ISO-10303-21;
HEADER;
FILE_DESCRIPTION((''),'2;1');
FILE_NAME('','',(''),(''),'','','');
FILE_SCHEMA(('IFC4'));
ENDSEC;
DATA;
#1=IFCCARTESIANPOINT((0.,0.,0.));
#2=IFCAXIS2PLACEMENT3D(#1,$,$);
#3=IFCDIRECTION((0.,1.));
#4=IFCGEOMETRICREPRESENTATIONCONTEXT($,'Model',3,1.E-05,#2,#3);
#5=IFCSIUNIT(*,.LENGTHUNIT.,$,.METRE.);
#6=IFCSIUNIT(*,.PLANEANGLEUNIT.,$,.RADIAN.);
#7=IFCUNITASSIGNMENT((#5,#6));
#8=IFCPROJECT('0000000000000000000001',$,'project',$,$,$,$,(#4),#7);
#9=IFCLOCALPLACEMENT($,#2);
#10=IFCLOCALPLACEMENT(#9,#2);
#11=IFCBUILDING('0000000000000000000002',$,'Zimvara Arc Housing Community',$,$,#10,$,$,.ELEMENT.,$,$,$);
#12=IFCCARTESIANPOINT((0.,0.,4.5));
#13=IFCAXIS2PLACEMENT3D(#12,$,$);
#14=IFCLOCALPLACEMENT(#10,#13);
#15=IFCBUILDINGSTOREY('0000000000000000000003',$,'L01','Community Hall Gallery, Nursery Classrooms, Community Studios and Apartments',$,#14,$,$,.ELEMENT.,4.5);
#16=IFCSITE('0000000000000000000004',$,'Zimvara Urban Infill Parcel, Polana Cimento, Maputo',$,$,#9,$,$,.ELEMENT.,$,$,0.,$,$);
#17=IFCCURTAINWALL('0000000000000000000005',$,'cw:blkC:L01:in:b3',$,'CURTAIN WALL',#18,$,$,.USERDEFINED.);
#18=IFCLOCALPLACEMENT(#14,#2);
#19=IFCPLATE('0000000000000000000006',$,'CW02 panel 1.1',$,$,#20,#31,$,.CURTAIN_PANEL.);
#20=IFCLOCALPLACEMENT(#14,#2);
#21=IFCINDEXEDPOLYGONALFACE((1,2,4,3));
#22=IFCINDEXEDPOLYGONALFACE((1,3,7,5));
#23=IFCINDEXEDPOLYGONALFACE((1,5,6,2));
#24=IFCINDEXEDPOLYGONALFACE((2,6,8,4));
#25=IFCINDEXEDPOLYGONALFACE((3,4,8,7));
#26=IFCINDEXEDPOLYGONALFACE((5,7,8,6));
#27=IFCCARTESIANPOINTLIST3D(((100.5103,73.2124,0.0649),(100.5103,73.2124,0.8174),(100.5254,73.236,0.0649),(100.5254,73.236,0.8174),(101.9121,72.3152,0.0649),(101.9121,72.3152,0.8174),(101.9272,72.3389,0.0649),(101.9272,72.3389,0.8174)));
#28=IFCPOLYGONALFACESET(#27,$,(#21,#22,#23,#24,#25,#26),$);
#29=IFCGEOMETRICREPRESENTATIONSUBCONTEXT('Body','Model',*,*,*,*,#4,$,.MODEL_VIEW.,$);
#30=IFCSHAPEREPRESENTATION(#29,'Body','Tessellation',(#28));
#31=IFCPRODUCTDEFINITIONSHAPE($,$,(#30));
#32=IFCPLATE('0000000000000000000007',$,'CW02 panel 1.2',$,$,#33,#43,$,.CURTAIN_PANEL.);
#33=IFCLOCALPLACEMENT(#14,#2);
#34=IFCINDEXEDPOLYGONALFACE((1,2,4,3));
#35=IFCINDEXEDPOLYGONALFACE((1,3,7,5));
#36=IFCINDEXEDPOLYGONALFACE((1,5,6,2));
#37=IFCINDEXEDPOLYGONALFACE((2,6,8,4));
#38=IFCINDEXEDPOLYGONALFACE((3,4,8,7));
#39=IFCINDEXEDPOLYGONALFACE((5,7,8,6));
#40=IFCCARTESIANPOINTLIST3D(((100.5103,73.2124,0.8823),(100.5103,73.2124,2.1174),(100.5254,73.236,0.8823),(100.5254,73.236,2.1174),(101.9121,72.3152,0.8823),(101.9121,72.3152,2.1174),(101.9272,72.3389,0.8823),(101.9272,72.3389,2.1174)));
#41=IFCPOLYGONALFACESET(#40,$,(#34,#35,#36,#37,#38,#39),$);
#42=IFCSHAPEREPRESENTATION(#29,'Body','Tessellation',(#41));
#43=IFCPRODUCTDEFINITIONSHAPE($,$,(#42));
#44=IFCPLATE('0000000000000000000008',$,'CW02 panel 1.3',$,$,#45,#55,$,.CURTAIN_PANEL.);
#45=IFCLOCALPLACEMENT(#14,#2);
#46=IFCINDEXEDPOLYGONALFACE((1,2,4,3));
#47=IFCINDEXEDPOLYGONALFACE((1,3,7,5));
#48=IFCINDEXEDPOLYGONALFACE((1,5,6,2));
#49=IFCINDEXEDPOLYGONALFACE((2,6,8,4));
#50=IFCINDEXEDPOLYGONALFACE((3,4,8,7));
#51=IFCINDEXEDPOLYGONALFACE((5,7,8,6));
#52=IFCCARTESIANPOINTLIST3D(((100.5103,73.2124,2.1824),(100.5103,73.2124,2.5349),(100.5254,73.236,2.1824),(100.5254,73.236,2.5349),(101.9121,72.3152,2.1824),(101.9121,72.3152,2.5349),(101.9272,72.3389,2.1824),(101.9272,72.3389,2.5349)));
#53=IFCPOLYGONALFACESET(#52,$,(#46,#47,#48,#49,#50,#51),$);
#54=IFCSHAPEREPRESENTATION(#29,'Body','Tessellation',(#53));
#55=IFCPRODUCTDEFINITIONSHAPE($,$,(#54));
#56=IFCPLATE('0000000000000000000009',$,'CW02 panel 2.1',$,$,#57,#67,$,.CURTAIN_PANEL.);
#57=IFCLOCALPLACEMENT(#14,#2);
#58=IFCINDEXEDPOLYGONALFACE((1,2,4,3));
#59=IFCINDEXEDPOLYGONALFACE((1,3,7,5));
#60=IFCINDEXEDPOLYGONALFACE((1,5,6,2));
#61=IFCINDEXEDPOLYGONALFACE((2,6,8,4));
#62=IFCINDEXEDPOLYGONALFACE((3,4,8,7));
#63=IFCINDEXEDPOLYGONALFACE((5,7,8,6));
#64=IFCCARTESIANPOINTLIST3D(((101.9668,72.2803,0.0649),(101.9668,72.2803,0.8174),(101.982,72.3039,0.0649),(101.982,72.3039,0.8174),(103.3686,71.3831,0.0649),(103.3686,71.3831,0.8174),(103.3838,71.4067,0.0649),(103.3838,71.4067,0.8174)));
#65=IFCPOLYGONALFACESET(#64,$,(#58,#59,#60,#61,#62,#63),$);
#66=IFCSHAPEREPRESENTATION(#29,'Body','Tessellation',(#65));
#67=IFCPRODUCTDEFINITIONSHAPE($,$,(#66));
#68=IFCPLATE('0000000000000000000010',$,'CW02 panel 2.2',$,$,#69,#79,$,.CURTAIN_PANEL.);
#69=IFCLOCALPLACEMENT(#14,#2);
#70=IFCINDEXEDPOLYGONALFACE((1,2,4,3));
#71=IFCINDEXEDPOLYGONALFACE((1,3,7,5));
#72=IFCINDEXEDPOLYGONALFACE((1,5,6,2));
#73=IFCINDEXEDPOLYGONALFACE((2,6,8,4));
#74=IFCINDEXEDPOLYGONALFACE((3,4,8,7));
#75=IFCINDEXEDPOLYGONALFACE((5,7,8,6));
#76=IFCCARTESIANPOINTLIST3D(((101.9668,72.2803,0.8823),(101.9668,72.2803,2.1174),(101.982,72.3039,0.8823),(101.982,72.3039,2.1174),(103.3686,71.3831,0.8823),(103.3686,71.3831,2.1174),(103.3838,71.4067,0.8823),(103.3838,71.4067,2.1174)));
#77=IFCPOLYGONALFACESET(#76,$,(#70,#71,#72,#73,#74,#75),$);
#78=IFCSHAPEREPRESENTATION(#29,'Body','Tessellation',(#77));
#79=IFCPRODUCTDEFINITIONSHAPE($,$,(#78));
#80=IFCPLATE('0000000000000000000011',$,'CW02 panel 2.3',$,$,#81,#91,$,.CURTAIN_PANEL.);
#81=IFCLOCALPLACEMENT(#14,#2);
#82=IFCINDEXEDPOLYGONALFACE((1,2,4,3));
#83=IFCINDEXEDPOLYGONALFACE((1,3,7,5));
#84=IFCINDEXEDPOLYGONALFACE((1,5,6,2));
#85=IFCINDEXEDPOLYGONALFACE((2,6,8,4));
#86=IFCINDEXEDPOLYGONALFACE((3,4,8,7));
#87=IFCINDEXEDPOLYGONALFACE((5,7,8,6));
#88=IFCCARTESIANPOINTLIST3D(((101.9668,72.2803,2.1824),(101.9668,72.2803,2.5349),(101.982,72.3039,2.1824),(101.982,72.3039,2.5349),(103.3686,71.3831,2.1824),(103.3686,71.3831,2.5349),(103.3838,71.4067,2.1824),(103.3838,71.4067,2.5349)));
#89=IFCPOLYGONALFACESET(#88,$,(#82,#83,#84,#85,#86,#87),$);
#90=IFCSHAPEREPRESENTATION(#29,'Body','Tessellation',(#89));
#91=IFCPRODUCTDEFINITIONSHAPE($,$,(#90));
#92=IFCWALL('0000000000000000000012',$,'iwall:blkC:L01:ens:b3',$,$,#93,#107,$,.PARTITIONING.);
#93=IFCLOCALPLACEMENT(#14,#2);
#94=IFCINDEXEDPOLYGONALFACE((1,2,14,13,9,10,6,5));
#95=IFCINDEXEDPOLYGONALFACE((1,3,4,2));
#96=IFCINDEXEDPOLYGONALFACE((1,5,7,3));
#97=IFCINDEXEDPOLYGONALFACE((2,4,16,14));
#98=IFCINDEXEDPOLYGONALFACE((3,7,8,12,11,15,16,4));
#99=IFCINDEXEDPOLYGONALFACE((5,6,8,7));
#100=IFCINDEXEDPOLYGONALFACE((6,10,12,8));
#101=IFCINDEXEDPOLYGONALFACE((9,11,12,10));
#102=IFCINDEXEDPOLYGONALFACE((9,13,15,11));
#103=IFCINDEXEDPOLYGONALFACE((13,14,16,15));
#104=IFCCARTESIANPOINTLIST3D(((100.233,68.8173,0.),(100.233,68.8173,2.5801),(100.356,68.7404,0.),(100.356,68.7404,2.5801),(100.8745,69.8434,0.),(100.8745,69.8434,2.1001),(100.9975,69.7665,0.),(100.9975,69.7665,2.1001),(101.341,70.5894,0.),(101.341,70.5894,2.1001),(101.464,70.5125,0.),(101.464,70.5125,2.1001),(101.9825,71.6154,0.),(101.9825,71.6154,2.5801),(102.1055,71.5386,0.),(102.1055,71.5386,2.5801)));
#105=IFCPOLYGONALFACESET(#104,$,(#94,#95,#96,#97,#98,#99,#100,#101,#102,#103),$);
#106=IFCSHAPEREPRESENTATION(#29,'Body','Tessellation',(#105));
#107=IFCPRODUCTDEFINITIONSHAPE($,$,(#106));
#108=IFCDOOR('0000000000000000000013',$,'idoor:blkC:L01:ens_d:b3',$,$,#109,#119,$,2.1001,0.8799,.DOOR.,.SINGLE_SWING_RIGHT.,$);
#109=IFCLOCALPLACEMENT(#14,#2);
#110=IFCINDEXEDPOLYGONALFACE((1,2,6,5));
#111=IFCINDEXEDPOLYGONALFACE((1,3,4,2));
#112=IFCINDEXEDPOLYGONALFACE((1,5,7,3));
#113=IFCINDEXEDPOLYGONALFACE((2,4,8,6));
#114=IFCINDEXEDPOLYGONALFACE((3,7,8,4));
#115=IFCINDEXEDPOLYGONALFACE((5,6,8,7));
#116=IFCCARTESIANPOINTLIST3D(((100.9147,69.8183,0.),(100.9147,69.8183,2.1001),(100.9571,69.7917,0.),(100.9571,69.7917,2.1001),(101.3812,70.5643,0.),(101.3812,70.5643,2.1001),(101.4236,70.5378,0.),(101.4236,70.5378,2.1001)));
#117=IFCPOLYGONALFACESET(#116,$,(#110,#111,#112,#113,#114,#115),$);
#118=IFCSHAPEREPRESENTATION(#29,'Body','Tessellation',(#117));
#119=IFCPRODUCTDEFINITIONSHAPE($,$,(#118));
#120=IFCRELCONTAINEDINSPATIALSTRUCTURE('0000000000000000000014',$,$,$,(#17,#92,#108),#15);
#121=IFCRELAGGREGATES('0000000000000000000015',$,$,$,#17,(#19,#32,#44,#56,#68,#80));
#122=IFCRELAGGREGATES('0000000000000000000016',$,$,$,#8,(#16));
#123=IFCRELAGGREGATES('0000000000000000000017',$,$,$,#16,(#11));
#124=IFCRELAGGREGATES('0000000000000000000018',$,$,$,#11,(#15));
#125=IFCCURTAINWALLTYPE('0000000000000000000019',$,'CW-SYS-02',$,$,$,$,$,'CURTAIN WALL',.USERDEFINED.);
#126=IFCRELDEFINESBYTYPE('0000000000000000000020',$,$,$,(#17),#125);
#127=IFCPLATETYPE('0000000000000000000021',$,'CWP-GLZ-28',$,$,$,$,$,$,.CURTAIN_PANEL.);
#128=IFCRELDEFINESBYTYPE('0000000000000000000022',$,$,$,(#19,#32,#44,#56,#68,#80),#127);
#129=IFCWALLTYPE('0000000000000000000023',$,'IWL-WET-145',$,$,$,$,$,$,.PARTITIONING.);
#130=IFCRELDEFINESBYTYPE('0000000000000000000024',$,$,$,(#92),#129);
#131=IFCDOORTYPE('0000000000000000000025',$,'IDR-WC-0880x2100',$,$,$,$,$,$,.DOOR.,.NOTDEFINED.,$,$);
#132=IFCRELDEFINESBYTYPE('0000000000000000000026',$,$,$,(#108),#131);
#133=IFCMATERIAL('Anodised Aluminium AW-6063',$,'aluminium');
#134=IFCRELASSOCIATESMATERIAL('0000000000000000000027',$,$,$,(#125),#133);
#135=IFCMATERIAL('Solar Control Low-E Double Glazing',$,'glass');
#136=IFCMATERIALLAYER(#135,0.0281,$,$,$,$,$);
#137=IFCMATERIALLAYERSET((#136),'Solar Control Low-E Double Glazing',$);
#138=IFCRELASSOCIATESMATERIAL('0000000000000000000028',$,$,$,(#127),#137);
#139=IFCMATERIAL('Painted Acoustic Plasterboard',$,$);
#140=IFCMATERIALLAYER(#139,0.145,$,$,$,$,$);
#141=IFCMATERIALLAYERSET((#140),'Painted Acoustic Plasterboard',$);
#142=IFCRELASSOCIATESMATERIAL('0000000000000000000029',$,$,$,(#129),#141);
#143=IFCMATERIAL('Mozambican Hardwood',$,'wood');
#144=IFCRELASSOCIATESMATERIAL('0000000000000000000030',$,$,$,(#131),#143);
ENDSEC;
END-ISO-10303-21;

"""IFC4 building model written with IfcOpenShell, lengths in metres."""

from ifc_helpers import new_model, si_unit, direction, frame, frame_2d, origin, origin_2d, place, context, subcontext, project, spatial, rectangle, extrude, material, layer, layer_set, type_object, element, fill, aggregate, save


model = new_model("IFC4")

# Units and contexts
model_context = context("Model", 3, precision=1e-05, world=origin(), true_north=direction((0.0, 1.0)))
body_context = subcontext(model_context, "Body", "Model", "MODEL_VIEW")
ifc_project = project(units=[si_unit("LENGTHUNIT", "METRE"), si_unit("PLANEANGLEUNIT", "RADIAN")], contexts=[model_context])

# Site, building, storey
site_placement = place(None, origin())
site = spatial("IfcSite", under=ifc_project, at=site_placement, Name="Zimvara Urban Infill Parcel, Polana Cimento, Maputo", CompositionType="ELEMENT", RefElevation=0.0)
building_placement = place(site_placement, origin())
building = spatial("IfcBuilding", under=site, at=building_placement, Name="Zimvara Arc Housing Community", CompositionType="ELEMENT")
storey_placement = place(building_placement, frame((0.0, 0.0, 4.5)))
storey = spatial("IfcBuildingStorey", under=building, at=storey_placement, Name="L01", Description="Community Hall Gallery, Nursery Classrooms, Community Studios and Apartments", CompositionType="ELEMENT", Elevation=4.5)

# Curtain wall
ifc_material_1 = material(Name="Anodised Aluminium AW-6063", Category="aluminium")
curtain_wall_type_1 = type_object("IfcCurtainWallType", Name="CW-SYS-02", ElementType="CURTAIN WALL", PredefinedType="USERDEFINED", material=ifc_material_1)
curtain_wall_1_placement = place(storey_placement, origin())
curtain_wall_1 = element("IfcCurtainWall", 1, at=curtain_wall_1_placement, inside=storey, type_object=curtain_wall_type_1, Name="cw:blkC:L01:in:b3", ObjectType="CURTAIN WALL", PredefinedType="USERDEFINED")

# Plates
ifc_material_2 = material(Name="Solar Control Low-E Double Glazing", Category="glass")
ifc_layer_1 = layer(ifc_material_2, 0.0281)
ifc_layer_set_1 = layer_set([ifc_layer_1], Name="Solar Control Low-E Double Glazing")
plate_type = type_object("IfcPlateType", Name="CWP-GLZ-28", PredefinedType="CURTAIN_PANEL", material=ifc_layer_set_1)
plate_1_placement = place(storey_placement, frame((101.2188, 72.7756, 0.0649), z_axis=(0.0, 0.0, 1.0), x_axis=(0.842265, -0.539064, 0.0)))
plate_1 = element("IfcPlate", 2, at=plate_1_placement, type_object=plate_type, Name="CW02 panel 1.1", PredefinedType="CURTAIN_PANEL", context=body_context, shape_type="SweptSolid", body=[
    extrude(rectangle(XDim=1.6643, YDim=0.0281, at=origin_2d()), origin(), (0.0, 0.0, 1.0), 0.7524),
])
plate_2_placement = place(storey_placement, frame((101.2188, 72.7756, 0.8823), z_axis=(0.0, 0.0, 1.0), x_axis=(0.842265, -0.539064, 0.0)))
plate_2 = element("IfcPlate", 3, at=plate_2_placement, type_object=plate_type, Name="CW02 panel 1.2", PredefinedType="CURTAIN_PANEL", context=body_context, shape_type="SweptSolid", body=[
    extrude(rectangle(XDim=1.6643, YDim=0.0281, at=origin_2d()), origin(), (0.0, 0.0, 1.0), 1.2351),
])
plate_3_placement = place(storey_placement, frame((101.2188, 72.7756, 2.1824), z_axis=(0.0, 0.0, 1.0), x_axis=(0.842265, -0.539064, 0.0)))
plate_3 = element("IfcPlate", 4, at=plate_3_placement, type_object=plate_type, Name="CW02 panel 1.3", PredefinedType="CURTAIN_PANEL", context=body_context, shape_type="SweptSolid", body=[
    extrude(rectangle(XDim=1.6643, YDim=0.0281, at=origin_2d()), origin(), (0.0, 0.0, 1.0), 0.3525),
])
plate_4_placement = place(storey_placement, frame((102.6753, 71.8435, 0.0649), z_axis=(0.0, 0.0, 1.0), x_axis=(0.842265, -0.539064, 0.0)))
plate_4 = element("IfcPlate", 5, at=plate_4_placement, type_object=plate_type, Name="CW02 panel 2.1", PredefinedType="CURTAIN_PANEL", context=body_context, shape_type="SweptSolid", body=[
    extrude(rectangle(XDim=1.6643, YDim=0.0281, at=origin_2d()), origin(), (0.0, 0.0, 1.0), 0.7524),
])
plate_5_placement = place(storey_placement, frame((102.6753, 71.8435, 0.8823), z_axis=(0.0, 0.0, 1.0), x_axis=(0.842265, -0.539064, 0.0)))
plate_5 = element("IfcPlate", 6, at=plate_5_placement, type_object=plate_type, Name="CW02 panel 2.2", PredefinedType="CURTAIN_PANEL", context=body_context, shape_type="SweptSolid", body=[
    extrude(rectangle(XDim=1.6643, YDim=0.0281, at=origin_2d()), origin(), (0.0, 0.0, 1.0), 1.2351),
])
plate_6_placement = place(storey_placement, frame((102.6753, 71.8435, 2.1824), z_axis=(0.0, 0.0, 1.0), x_axis=(0.842265, -0.539064, 0.0)))
plate_6 = element("IfcPlate", 7, at=plate_6_placement, type_object=plate_type, Name="CW02 panel 2.3", PredefinedType="CURTAIN_PANEL", context=body_context, shape_type="SweptSolid", body=[
    extrude(rectangle(XDim=1.6643, YDim=0.0281, at=origin_2d()), origin(), (0.0, 0.0, 1.0), 0.3525),
])
aggregate(curtain_wall_1, [plate_1, plate_2, plate_3, plate_4, plate_5, plate_6])

# Wall, opening, door
ifc_material_3 = material(Name="Painted Acoustic Plasterboard")
ifc_layer_2 = layer(ifc_material_3, 0.145)
ifc_layer_set_2 = layer_set([ifc_layer_2], Name="Painted Acoustic Plasterboard")
wall_type = type_object("IfcWallType", Name="IWL-WET-145", PredefinedType="PARTITIONING", material=ifc_layer_set_2)
wall_placement = place(storey_placement, frame((102.0439, 71.5769, 0.0), z_axis=(0.0, 0.0, 1.0), x_axis=(-0.530152, -0.847903, 0.0)))
wall = element("IfcWall", 8, at=wall_placement, inside=storey, type_object=wall_type, Name="iwall:blkC:L01:ens:b3", PredefinedType="PARTITIONING", context=body_context, shape_type="SweptSolid", body=[
    extrude(rectangle(XDim=3.3, YDim=0.145, at=frame_2d((1.6499, 0.0))), origin(), (0.0, 0.0, 1.0), 2.5801),
])
opening_placement = place(wall_placement, frame((1.21, 0.0, 0.0)))
opening = element("IfcOpeningElement", 9, at=opening_placement, cuts=wall, PredefinedType="OPENING", context=body_context, shape_type="SweptSolid", body=[
    extrude(rectangle(XDim=0.8799, YDim=2.1001, at=frame_2d((0.4399, 1.05))), frame((0.0, 0.0825, 0.0), z_axis=(0.0, -1.0, 0.0), x_axis=(1.0, 0.0, 0.0)), (0.0, 0.0, 1.0), 0.165),
])
ifc_material_4 = material(Name="Mozambican Hardwood", Category="wood")
door_type = type_object("IfcDoorType", Name="IDR-WC-0880x2100", OperationType="NOTDEFINED", PredefinedType="DOOR", material=ifc_material_4)
door_placement = place(opening_placement, origin())
door = element("IfcDoor", 10, at=door_placement, inside=storey, type_object=door_type, Name="idoor:blkC:L01:ens_d:b3", OperationType="SINGLE_SWING_RIGHT", OverallHeight=2.1001, OverallWidth=0.8799, PredefinedType="DOOR", context=body_context, shape_type="SweptSolid", body=[
    extrude(rectangle(XDim=0.8799, YDim=2.1001, at=frame_2d((0.4399, 1.05))), frame((0.0, 0.0249, 0.0), z_axis=(0.0, -1.0, 0.0), x_axis=(1.0, 0.0, 0.0)), (0.0, 0.0, 1.0), 0.05),
])
fill(opening, door)

save(model, "model.ifc")
